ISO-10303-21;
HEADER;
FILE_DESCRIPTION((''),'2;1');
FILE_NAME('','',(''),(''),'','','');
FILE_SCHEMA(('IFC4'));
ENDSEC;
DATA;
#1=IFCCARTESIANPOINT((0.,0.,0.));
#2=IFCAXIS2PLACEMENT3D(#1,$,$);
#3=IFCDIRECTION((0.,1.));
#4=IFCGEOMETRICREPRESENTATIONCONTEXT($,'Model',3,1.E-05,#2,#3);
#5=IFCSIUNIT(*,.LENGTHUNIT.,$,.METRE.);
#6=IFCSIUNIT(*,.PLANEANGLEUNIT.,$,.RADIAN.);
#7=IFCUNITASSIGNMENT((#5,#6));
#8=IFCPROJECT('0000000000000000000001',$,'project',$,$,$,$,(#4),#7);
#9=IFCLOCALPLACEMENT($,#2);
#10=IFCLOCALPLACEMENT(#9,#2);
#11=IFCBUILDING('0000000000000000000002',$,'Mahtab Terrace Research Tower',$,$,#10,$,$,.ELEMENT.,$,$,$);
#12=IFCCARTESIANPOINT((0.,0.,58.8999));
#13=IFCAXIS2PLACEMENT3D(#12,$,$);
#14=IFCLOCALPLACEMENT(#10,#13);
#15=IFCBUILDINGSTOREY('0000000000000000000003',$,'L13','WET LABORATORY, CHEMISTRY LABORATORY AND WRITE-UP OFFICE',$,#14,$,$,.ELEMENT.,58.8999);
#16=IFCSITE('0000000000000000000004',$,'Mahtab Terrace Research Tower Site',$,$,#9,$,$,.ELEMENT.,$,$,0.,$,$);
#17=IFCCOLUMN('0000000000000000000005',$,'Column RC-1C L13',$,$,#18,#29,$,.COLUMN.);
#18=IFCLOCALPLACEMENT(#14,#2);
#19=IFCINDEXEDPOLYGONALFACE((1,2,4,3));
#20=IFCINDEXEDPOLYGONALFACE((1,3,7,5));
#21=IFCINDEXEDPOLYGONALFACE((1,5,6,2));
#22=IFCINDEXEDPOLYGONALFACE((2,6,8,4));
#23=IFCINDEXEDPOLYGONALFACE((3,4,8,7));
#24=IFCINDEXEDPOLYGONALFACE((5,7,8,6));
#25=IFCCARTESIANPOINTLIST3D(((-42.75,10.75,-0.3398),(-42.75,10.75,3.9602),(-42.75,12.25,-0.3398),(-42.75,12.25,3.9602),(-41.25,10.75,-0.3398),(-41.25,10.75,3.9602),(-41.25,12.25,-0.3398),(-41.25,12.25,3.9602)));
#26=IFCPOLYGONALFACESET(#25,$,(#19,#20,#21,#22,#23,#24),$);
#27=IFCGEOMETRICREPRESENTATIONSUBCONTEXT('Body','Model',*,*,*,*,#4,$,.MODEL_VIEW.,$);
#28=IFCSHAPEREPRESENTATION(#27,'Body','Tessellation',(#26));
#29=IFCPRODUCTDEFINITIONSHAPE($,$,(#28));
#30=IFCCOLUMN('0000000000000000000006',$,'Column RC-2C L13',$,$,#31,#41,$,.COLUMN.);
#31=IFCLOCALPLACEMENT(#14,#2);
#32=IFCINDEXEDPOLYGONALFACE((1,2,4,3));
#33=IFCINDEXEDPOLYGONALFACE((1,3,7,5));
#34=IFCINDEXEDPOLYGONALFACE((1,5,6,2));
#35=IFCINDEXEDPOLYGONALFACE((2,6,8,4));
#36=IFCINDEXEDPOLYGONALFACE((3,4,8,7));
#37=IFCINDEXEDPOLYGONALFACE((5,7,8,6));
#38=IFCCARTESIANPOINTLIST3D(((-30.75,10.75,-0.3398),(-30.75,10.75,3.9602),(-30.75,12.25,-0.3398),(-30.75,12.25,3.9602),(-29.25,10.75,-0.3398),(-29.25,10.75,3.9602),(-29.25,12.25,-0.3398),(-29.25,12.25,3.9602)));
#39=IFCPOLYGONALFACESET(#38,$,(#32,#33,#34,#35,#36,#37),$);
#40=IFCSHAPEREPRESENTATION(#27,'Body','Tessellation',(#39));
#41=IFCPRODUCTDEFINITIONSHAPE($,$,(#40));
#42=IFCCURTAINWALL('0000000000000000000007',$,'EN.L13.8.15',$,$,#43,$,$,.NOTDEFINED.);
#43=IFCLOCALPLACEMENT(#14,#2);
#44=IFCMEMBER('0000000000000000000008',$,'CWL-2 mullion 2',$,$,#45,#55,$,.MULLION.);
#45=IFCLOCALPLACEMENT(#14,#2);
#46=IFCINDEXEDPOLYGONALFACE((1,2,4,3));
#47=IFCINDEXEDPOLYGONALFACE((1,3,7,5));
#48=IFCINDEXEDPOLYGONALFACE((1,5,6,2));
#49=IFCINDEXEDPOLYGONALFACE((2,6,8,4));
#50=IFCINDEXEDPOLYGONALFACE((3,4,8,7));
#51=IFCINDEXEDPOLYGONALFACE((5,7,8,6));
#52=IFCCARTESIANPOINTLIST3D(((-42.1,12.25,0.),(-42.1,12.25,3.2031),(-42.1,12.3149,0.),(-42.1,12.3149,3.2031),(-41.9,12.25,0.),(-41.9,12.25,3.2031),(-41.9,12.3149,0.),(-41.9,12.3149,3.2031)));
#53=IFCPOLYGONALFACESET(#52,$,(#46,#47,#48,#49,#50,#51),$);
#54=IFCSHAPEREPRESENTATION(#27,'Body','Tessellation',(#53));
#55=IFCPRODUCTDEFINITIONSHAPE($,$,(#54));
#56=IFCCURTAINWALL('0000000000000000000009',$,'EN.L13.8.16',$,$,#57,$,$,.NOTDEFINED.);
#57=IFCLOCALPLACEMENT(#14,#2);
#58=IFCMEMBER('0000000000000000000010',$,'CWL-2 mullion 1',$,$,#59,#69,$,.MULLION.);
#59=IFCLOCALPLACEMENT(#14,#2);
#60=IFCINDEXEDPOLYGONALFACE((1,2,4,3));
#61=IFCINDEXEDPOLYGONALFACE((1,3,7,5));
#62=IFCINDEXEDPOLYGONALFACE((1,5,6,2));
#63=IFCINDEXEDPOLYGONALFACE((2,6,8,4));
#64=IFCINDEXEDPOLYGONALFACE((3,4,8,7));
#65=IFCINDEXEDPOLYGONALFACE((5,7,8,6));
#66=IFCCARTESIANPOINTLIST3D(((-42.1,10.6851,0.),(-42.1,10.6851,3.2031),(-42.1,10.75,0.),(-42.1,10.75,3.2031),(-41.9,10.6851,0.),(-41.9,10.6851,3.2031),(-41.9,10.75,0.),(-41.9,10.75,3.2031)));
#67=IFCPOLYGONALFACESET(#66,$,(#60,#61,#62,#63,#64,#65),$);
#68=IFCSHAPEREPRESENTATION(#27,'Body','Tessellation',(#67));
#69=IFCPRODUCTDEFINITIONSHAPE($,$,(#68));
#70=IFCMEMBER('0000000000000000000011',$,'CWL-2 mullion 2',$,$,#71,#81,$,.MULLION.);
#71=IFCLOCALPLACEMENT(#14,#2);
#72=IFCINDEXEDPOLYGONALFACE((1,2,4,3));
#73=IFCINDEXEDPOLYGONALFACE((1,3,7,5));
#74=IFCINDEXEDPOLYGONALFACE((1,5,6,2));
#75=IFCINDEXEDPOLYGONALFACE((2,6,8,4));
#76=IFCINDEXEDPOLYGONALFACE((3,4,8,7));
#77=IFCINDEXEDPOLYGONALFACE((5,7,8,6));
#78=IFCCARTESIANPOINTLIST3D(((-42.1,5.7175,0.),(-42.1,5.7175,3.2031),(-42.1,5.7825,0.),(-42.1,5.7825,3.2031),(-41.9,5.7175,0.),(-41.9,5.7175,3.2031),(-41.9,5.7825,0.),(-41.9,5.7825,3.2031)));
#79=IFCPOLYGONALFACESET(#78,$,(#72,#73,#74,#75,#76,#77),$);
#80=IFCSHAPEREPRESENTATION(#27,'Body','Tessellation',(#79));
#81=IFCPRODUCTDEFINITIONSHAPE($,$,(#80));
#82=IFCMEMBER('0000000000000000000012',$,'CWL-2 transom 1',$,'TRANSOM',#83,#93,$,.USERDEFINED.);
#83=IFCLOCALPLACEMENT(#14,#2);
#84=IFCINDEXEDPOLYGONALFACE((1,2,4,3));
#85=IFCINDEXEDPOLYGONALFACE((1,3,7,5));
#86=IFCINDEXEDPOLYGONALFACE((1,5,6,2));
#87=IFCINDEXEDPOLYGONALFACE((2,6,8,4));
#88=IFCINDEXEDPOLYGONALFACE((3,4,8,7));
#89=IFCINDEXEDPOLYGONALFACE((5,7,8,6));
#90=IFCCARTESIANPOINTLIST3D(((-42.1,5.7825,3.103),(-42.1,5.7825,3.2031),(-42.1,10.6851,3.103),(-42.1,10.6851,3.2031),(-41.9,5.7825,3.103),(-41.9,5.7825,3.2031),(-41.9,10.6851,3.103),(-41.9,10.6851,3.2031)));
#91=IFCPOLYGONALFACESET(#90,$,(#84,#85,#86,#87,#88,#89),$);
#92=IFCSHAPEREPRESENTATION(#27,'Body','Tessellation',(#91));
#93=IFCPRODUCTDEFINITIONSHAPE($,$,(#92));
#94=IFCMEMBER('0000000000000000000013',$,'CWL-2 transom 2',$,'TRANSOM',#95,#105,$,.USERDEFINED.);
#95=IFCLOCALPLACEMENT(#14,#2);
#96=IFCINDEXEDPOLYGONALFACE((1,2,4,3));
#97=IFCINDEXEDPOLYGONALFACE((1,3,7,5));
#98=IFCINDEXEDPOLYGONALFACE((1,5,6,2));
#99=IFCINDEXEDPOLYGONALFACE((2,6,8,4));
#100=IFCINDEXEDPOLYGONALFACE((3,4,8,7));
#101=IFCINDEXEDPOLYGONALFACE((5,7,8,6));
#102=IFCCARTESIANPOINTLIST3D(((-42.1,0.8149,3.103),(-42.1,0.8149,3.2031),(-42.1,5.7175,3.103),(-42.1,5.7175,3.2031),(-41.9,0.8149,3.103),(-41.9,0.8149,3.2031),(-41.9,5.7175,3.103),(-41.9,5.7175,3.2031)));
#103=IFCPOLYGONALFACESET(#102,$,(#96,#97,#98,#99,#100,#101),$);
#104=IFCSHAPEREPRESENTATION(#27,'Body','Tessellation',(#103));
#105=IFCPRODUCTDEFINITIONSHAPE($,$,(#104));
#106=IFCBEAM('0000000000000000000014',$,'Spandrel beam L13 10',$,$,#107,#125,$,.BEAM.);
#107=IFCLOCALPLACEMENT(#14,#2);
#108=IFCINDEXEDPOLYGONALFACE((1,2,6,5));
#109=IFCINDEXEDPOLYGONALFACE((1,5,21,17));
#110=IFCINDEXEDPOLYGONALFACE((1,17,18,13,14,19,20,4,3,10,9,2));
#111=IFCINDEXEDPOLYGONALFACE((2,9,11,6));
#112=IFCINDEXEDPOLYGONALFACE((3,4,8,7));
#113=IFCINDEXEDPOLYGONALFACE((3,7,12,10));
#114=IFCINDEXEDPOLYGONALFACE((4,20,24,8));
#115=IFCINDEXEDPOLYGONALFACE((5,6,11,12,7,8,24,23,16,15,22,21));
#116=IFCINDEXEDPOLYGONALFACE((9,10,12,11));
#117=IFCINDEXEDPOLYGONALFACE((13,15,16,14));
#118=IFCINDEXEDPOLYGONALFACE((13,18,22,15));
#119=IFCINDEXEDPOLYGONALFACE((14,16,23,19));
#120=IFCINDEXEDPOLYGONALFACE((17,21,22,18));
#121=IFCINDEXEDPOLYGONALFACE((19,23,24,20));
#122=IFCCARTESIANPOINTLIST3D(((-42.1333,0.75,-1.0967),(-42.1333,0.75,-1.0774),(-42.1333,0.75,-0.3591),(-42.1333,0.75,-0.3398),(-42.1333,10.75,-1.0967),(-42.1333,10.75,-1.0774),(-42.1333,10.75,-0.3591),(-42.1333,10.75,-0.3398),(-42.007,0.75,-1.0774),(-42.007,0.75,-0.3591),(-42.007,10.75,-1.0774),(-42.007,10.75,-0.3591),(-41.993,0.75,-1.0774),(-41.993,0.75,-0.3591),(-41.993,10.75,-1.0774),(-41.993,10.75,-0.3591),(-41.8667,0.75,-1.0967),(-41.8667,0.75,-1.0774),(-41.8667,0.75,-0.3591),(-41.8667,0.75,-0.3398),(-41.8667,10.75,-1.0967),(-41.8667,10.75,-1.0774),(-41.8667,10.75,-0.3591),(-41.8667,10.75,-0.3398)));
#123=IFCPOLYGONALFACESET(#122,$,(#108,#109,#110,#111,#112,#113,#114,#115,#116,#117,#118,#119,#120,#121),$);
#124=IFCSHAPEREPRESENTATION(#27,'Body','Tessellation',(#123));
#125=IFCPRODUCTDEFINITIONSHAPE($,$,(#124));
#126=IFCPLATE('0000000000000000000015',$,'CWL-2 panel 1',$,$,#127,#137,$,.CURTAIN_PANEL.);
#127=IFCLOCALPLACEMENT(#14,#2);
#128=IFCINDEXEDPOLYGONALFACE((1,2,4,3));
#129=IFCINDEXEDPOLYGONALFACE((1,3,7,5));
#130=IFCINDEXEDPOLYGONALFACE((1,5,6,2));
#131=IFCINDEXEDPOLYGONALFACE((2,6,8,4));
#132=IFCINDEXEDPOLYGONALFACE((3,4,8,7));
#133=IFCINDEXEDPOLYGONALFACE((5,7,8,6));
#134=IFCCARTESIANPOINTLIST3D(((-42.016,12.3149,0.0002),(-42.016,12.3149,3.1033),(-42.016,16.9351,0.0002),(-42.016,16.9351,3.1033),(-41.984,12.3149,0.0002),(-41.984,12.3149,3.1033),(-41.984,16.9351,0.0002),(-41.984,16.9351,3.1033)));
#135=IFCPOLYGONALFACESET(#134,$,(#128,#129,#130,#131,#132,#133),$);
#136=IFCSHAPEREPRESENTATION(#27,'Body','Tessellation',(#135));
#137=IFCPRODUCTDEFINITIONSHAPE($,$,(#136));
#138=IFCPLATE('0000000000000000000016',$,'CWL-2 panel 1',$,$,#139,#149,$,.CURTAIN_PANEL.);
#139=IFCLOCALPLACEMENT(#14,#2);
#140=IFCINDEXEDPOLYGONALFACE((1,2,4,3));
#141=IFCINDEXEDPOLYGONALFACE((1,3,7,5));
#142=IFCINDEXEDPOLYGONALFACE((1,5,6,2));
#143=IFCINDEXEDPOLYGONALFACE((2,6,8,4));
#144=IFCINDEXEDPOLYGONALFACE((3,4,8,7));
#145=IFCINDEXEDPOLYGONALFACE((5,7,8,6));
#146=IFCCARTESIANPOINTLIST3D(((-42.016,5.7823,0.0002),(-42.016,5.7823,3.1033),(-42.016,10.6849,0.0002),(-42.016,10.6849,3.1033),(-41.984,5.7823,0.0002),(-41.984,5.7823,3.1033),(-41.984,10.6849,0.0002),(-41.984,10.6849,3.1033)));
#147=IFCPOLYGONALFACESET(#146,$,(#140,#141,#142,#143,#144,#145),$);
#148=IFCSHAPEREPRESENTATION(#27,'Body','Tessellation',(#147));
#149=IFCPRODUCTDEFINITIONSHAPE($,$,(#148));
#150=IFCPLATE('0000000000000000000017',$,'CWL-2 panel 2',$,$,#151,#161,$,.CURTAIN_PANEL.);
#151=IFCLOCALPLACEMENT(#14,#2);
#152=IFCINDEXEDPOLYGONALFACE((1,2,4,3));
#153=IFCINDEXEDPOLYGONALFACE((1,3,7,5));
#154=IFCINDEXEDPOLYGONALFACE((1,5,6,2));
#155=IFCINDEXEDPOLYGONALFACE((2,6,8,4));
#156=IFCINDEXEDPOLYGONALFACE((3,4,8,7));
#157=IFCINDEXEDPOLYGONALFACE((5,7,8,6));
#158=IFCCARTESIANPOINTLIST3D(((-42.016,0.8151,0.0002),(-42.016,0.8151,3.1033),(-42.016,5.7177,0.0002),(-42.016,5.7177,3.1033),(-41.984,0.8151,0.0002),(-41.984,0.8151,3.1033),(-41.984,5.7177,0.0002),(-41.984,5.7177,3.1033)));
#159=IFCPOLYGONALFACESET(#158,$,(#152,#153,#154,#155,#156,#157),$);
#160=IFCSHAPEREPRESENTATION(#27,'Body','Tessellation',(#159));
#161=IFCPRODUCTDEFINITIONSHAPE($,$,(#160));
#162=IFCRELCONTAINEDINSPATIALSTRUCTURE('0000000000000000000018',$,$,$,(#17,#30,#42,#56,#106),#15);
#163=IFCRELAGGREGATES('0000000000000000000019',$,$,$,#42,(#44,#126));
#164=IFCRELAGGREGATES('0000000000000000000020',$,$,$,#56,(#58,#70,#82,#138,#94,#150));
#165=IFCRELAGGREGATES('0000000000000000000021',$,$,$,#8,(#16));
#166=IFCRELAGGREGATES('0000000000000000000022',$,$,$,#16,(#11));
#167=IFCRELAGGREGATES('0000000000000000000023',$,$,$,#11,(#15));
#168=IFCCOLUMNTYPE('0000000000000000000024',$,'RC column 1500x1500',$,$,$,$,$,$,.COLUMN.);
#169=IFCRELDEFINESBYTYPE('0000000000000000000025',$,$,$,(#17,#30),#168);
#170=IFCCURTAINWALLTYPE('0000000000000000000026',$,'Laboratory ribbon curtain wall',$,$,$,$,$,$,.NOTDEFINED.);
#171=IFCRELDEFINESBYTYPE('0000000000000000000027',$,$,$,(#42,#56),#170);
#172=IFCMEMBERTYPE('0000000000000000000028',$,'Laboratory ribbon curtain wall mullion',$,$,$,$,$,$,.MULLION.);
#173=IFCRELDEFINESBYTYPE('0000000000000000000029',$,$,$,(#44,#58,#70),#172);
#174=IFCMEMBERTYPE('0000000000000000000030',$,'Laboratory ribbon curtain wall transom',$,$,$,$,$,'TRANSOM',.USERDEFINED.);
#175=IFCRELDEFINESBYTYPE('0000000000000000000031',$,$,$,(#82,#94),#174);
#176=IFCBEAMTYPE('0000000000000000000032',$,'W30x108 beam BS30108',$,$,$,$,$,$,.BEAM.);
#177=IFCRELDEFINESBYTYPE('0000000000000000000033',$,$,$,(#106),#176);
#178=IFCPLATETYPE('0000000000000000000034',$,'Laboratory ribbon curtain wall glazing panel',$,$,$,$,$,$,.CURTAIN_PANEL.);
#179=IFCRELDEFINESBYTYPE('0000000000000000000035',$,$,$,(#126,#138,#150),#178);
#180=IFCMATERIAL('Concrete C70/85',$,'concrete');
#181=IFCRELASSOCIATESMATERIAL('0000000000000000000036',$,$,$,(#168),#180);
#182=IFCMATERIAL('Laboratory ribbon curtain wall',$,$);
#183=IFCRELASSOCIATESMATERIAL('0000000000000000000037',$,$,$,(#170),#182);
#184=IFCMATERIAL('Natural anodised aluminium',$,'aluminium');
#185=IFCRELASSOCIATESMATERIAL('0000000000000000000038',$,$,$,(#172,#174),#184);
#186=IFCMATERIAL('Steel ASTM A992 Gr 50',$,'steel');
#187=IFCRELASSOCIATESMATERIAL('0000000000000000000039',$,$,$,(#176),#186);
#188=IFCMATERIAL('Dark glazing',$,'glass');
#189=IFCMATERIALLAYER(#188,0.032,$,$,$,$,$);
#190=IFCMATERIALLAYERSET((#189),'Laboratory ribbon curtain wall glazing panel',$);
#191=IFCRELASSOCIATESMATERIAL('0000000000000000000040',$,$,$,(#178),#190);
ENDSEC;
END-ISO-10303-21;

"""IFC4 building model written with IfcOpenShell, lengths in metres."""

from ifc_helpers import new_model, si_unit, direction, frame, origin, origin_2d, place, context, subcontext, project, spatial, rectangle, i_section, extrude, material, layer, layer_set, material_profile, profile_set, type_object, element, aggregate, save


model = new_model("IFC4")

# Units and contexts
model_context = context("Model", 3, precision=1e-05, world=origin(), true_north=direction((0.0, 1.0)))
body_context = subcontext(model_context, "Body", "Model", "MODEL_VIEW")
ifc_project = project(units=[si_unit("LENGTHUNIT", "METRE"), si_unit("PLANEANGLEUNIT", "RADIAN")], contexts=[model_context])

# Site, building, storey
site_placement = place(None, origin())
site = spatial("IfcSite", under=ifc_project, at=site_placement, Name="Mahtab Terrace Research Tower Site", CompositionType="ELEMENT", RefElevation=0.0)
building_placement = place(site_placement, origin())
building = spatial("IfcBuilding", under=site, at=building_placement, Name="Mahtab Terrace Research Tower", CompositionType="ELEMENT")
storey_placement = place(building_placement, frame((0.0, 0.0, 58.8999)))
storey = spatial("IfcBuildingStorey", under=building, at=storey_placement, Name="L13", Description="WET LABORATORY, CHEMISTRY LABORATORY AND WRITE-UP OFFICE", CompositionType="ELEMENT", Elevation=58.8999)

# Columns
ifc_material_1 = material(Name="Concrete C70/85", Category="concrete")
ifc_material_profile_1 = material_profile(ifc_material_1, rectangle(XDim=1.5, YDim=1.5, at=origin_2d()), Name="RC column 1500x1500")
ifc_profile_set_1 = profile_set([ifc_material_profile_1], Name="Concrete C70/85")
column_type = type_object("IfcColumnType", Name="RC column 1500x1500", PredefinedType="COLUMN", material=ifc_profile_set_1)
for number, where, z_axis, x_axis, name in (
    (1, (-42.0, 11.5, -0.3398), (0.0, 0.0, 1.0), (1.0, 0.0, 0.0), "Column RC-1C L13"),
    (2, (-30.0, 11.5, -0.3398), (0.0, 0.0, 1.0), (1.0, 0.0, 0.0), "Column RC-2C L13"),
):
    element("IfcColumn", number, at=place(storey_placement, frame(where, z_axis=z_axis, x_axis=x_axis)), inside=storey, type_object=column_type, Name=name, PredefinedType="COLUMN", context=body_context, shape_type="SweptSolid", body=[
        extrude(rectangle(XDim=1.5, YDim=1.5, at=origin_2d()), origin(), (0.0, 0.0, 1.0), 4.3),
    ])

# Curtain wall, member
ifc_material_2 = material(Name="Laboratory ribbon curtain wall")
curtain_wall_type = type_object("IfcCurtainWallType", Name="Laboratory ribbon curtain wall", PredefinedType="NOTDEFINED", material=ifc_material_2)
curtain_wall_1_placement = place(storey_placement, origin())
curtain_wall_1 = element("IfcCurtainWall", 3, at=curtain_wall_1_placement, inside=storey, type_object=curtain_wall_type, Name="EN.L13.8.15", PredefinedType="NOTDEFINED")
ifc_material_3 = material(Name="Natural anodised aluminium", Category="aluminium")
ifc_material_profile_2 = material_profile(ifc_material_3, rectangle(XDim=0.2, YDim=0.0649, at=origin_2d()), Name="MULLION 65x200")
ifc_profile_set_2 = profile_set([ifc_material_profile_2], Name="Natural anodised aluminium")
member_type_1 = type_object("IfcMemberType", Name="Laboratory ribbon curtain wall mullion", PredefinedType="MULLION", material=ifc_profile_set_2)
member_1_placement = place(storey_placement, frame((-42.0, 12.2825, 0.0), z_axis=(0.0, 0.0, 1.0), x_axis=(1.0, 0.0, 0.0)))
member_1 = element("IfcMember", 4, at=member_1_placement, type_object=member_type_1, Name="CWL-2 mullion 2", PredefinedType="MULLION", context=body_context, shape_type="SweptSolid", body=[
    extrude(rectangle(XDim=0.2, YDim=0.0649, at=origin_2d()), origin(), (0.0, 0.0, 1.0), 3.2031),
])

# Curtain wall, members
curtain_wall_2_placement = place(storey_placement, origin())
curtain_wall_2 = element("IfcCurtainWall", 5, at=curtain_wall_2_placement, inside=storey, type_object=curtain_wall_type, Name="EN.L13.8.16", PredefinedType="NOTDEFINED")
member_2_placement = place(storey_placement, frame((-42.0, 10.7175, 0.0), z_axis=(0.0, 0.0, 1.0), x_axis=(1.0, 0.0, 0.0)))
member_2 = element("IfcMember", 6, at=member_2_placement, type_object=member_type_1, Name="CWL-2 mullion 1", PredefinedType="MULLION", context=body_context, shape_type="SweptSolid", body=[
    extrude(rectangle(XDim=0.2, YDim=0.0649, at=origin_2d()), origin(), (0.0, 0.0, 1.0), 3.2031),
])
member_3_placement = place(storey_placement, frame((-42.0, 5.75, 0.0), z_axis=(0.0, 0.0, 1.0), x_axis=(1.0, 0.0, 0.0)))
member_3 = element("IfcMember", 7, at=member_3_placement, type_object=member_type_1, Name="CWL-2 mullion 2", PredefinedType="MULLION", context=body_context, shape_type="SweptSolid", body=[
    extrude(rectangle(XDim=0.2, YDim=0.0649, at=origin_2d()), origin(), (0.0, 0.0, 1.0), 3.2031),
])
ifc_material_profile_3 = material_profile(ifc_material_3, rectangle(XDim=0.2, YDim=0.1001, at=origin_2d()), Name="TRANSOM 100x200")
ifc_profile_set_3 = profile_set([ifc_material_profile_3], Name="Natural anodised aluminium")
member_type_2 = type_object("IfcMemberType", Name="Laboratory ribbon curtain wall transom", ElementType="TRANSOM", PredefinedType="USERDEFINED", material=ifc_profile_set_3)
member_4_placement = place(storey_placement, frame((-42.0, 10.6851, 3.1531), z_axis=(0.0, -1.0, 0.0), x_axis=(1.0, 0.0, 0.0)))
member_4 = element("IfcMember", 8, at=member_4_placement, type_object=member_type_2, Name="CWL-2 transom 1", ObjectType="TRANSOM", PredefinedType="USERDEFINED", context=body_context, shape_type="SweptSolid", body=[
    extrude(rectangle(XDim=0.2, YDim=0.1001, at=origin_2d()), origin(), (0.0, 0.0, 1.0), 4.9026),
])
member_5_placement = place(storey_placement, frame((-42.0, 5.7175, 3.1531), z_axis=(0.0, -1.0, 0.0), x_axis=(1.0, 0.0, 0.0)))
member_5 = element("IfcMember", 9, at=member_5_placement, type_object=member_type_2, Name="CWL-2 transom 2", ObjectType="TRANSOM", PredefinedType="USERDEFINED", context=body_context, shape_type="SweptSolid", body=[
    extrude(rectangle(XDim=0.2, YDim=0.1001, at=origin_2d()), origin(), (0.0, 0.0, 1.0), 4.9026),
])

# Beam
ifc_material_4 = material(Name="Steel ASTM A992 Gr 50", Category="steel")
ifc_material_profile_4 = material_profile(ifc_material_4, i_section(OverallWidth=0.2666, OverallDepth=0.7568, WebThickness=0.0139, FlangeThickness=0.0193, at=origin_2d()), Name="W30X108")
ifc_profile_set_4 = profile_set([ifc_material_profile_4], Name="Steel ASTM A992 Gr 50")
beam_type = type_object("IfcBeamType", Name="W30x108 beam BS30108", PredefinedType="BEAM", material=ifc_profile_set_4)
beam_placement = place(storey_placement, frame((-42.0, 10.75, -0.7183), z_axis=(0.0, -1.0, 0.0), x_axis=(1.0, 0.0, 0.0)))
element("IfcBeam", 10, at=beam_placement, inside=storey, type_object=beam_type, Name="Spandrel beam L13 10", PredefinedType="BEAM", context=body_context, shape_type="SweptSolid", body=[
    extrude(i_section(OverallWidth=0.2666, OverallDepth=0.7568, WebThickness=0.0139, FlangeThickness=0.0193, at=origin_2d()), origin(), (0.0, 0.0, 1.0), 10.0),
])

# Plates
ifc_material_5 = material(Name="Dark glazing", Category="glass")
ifc_layer_1 = layer(ifc_material_5, 0.032)
ifc_layer_set_1 = layer_set([ifc_layer_1], Name="Laboratory ribbon curtain wall glazing panel")
plate_type = type_object("IfcPlateType", Name="Laboratory ribbon curtain wall glazing panel", PredefinedType="CURTAIN_PANEL", material=ifc_layer_set_1)
plate_1_placement = place(storey_placement, frame((-42.0, 14.625, 0.0002), z_axis=(0.0, 0.0, 1.0), x_axis=(0.0, -1.0, 0.0)))
plate_1 = element("IfcPlate", 11, at=plate_1_placement, type_object=plate_type, Name="CWL-2 panel 1", PredefinedType="CURTAIN_PANEL", context=body_context, shape_type="SweptSolid", body=[
    extrude(rectangle(XDim=4.6201, YDim=0.032, at=origin_2d()), origin(), (0.0, 0.0, 1.0), 3.103),
])
aggregate(curtain_wall_1, [member_1, plate_1])
plate_2_placement = place(storey_placement, frame((-42.0, 8.2336, 0.0002), z_axis=(0.0, 0.0, 1.0), x_axis=(0.0, -1.0, 0.0)))
plate_2 = element("IfcPlate", 12, at=plate_2_placement, type_object=plate_type, Name="CWL-2 panel 1", PredefinedType="CURTAIN_PANEL", context=body_context, shape_type="SweptSolid", body=[
    extrude(rectangle(XDim=4.9026, YDim=0.032, at=origin_2d()), origin(), (0.0, 0.0, 1.0), 3.103),
])
plate_3_placement = place(storey_placement, frame((-42.0, 3.2664, 0.0002), z_axis=(0.0, 0.0, 1.0), x_axis=(0.0, -1.0, 0.0)))
plate_3 = element("IfcPlate", 13, at=plate_3_placement, type_object=plate_type, Name="CWL-2 panel 2", PredefinedType="CURTAIN_PANEL", context=body_context, shape_type="SweptSolid", body=[
    extrude(rectangle(XDim=4.9026, YDim=0.032, at=origin_2d()), origin(), (0.0, 0.0, 1.0), 3.103),
])
aggregate(curtain_wall_2, [member_2, member_3, member_4, plate_2, member_5, plate_3])

save(model, "model.ifc")
